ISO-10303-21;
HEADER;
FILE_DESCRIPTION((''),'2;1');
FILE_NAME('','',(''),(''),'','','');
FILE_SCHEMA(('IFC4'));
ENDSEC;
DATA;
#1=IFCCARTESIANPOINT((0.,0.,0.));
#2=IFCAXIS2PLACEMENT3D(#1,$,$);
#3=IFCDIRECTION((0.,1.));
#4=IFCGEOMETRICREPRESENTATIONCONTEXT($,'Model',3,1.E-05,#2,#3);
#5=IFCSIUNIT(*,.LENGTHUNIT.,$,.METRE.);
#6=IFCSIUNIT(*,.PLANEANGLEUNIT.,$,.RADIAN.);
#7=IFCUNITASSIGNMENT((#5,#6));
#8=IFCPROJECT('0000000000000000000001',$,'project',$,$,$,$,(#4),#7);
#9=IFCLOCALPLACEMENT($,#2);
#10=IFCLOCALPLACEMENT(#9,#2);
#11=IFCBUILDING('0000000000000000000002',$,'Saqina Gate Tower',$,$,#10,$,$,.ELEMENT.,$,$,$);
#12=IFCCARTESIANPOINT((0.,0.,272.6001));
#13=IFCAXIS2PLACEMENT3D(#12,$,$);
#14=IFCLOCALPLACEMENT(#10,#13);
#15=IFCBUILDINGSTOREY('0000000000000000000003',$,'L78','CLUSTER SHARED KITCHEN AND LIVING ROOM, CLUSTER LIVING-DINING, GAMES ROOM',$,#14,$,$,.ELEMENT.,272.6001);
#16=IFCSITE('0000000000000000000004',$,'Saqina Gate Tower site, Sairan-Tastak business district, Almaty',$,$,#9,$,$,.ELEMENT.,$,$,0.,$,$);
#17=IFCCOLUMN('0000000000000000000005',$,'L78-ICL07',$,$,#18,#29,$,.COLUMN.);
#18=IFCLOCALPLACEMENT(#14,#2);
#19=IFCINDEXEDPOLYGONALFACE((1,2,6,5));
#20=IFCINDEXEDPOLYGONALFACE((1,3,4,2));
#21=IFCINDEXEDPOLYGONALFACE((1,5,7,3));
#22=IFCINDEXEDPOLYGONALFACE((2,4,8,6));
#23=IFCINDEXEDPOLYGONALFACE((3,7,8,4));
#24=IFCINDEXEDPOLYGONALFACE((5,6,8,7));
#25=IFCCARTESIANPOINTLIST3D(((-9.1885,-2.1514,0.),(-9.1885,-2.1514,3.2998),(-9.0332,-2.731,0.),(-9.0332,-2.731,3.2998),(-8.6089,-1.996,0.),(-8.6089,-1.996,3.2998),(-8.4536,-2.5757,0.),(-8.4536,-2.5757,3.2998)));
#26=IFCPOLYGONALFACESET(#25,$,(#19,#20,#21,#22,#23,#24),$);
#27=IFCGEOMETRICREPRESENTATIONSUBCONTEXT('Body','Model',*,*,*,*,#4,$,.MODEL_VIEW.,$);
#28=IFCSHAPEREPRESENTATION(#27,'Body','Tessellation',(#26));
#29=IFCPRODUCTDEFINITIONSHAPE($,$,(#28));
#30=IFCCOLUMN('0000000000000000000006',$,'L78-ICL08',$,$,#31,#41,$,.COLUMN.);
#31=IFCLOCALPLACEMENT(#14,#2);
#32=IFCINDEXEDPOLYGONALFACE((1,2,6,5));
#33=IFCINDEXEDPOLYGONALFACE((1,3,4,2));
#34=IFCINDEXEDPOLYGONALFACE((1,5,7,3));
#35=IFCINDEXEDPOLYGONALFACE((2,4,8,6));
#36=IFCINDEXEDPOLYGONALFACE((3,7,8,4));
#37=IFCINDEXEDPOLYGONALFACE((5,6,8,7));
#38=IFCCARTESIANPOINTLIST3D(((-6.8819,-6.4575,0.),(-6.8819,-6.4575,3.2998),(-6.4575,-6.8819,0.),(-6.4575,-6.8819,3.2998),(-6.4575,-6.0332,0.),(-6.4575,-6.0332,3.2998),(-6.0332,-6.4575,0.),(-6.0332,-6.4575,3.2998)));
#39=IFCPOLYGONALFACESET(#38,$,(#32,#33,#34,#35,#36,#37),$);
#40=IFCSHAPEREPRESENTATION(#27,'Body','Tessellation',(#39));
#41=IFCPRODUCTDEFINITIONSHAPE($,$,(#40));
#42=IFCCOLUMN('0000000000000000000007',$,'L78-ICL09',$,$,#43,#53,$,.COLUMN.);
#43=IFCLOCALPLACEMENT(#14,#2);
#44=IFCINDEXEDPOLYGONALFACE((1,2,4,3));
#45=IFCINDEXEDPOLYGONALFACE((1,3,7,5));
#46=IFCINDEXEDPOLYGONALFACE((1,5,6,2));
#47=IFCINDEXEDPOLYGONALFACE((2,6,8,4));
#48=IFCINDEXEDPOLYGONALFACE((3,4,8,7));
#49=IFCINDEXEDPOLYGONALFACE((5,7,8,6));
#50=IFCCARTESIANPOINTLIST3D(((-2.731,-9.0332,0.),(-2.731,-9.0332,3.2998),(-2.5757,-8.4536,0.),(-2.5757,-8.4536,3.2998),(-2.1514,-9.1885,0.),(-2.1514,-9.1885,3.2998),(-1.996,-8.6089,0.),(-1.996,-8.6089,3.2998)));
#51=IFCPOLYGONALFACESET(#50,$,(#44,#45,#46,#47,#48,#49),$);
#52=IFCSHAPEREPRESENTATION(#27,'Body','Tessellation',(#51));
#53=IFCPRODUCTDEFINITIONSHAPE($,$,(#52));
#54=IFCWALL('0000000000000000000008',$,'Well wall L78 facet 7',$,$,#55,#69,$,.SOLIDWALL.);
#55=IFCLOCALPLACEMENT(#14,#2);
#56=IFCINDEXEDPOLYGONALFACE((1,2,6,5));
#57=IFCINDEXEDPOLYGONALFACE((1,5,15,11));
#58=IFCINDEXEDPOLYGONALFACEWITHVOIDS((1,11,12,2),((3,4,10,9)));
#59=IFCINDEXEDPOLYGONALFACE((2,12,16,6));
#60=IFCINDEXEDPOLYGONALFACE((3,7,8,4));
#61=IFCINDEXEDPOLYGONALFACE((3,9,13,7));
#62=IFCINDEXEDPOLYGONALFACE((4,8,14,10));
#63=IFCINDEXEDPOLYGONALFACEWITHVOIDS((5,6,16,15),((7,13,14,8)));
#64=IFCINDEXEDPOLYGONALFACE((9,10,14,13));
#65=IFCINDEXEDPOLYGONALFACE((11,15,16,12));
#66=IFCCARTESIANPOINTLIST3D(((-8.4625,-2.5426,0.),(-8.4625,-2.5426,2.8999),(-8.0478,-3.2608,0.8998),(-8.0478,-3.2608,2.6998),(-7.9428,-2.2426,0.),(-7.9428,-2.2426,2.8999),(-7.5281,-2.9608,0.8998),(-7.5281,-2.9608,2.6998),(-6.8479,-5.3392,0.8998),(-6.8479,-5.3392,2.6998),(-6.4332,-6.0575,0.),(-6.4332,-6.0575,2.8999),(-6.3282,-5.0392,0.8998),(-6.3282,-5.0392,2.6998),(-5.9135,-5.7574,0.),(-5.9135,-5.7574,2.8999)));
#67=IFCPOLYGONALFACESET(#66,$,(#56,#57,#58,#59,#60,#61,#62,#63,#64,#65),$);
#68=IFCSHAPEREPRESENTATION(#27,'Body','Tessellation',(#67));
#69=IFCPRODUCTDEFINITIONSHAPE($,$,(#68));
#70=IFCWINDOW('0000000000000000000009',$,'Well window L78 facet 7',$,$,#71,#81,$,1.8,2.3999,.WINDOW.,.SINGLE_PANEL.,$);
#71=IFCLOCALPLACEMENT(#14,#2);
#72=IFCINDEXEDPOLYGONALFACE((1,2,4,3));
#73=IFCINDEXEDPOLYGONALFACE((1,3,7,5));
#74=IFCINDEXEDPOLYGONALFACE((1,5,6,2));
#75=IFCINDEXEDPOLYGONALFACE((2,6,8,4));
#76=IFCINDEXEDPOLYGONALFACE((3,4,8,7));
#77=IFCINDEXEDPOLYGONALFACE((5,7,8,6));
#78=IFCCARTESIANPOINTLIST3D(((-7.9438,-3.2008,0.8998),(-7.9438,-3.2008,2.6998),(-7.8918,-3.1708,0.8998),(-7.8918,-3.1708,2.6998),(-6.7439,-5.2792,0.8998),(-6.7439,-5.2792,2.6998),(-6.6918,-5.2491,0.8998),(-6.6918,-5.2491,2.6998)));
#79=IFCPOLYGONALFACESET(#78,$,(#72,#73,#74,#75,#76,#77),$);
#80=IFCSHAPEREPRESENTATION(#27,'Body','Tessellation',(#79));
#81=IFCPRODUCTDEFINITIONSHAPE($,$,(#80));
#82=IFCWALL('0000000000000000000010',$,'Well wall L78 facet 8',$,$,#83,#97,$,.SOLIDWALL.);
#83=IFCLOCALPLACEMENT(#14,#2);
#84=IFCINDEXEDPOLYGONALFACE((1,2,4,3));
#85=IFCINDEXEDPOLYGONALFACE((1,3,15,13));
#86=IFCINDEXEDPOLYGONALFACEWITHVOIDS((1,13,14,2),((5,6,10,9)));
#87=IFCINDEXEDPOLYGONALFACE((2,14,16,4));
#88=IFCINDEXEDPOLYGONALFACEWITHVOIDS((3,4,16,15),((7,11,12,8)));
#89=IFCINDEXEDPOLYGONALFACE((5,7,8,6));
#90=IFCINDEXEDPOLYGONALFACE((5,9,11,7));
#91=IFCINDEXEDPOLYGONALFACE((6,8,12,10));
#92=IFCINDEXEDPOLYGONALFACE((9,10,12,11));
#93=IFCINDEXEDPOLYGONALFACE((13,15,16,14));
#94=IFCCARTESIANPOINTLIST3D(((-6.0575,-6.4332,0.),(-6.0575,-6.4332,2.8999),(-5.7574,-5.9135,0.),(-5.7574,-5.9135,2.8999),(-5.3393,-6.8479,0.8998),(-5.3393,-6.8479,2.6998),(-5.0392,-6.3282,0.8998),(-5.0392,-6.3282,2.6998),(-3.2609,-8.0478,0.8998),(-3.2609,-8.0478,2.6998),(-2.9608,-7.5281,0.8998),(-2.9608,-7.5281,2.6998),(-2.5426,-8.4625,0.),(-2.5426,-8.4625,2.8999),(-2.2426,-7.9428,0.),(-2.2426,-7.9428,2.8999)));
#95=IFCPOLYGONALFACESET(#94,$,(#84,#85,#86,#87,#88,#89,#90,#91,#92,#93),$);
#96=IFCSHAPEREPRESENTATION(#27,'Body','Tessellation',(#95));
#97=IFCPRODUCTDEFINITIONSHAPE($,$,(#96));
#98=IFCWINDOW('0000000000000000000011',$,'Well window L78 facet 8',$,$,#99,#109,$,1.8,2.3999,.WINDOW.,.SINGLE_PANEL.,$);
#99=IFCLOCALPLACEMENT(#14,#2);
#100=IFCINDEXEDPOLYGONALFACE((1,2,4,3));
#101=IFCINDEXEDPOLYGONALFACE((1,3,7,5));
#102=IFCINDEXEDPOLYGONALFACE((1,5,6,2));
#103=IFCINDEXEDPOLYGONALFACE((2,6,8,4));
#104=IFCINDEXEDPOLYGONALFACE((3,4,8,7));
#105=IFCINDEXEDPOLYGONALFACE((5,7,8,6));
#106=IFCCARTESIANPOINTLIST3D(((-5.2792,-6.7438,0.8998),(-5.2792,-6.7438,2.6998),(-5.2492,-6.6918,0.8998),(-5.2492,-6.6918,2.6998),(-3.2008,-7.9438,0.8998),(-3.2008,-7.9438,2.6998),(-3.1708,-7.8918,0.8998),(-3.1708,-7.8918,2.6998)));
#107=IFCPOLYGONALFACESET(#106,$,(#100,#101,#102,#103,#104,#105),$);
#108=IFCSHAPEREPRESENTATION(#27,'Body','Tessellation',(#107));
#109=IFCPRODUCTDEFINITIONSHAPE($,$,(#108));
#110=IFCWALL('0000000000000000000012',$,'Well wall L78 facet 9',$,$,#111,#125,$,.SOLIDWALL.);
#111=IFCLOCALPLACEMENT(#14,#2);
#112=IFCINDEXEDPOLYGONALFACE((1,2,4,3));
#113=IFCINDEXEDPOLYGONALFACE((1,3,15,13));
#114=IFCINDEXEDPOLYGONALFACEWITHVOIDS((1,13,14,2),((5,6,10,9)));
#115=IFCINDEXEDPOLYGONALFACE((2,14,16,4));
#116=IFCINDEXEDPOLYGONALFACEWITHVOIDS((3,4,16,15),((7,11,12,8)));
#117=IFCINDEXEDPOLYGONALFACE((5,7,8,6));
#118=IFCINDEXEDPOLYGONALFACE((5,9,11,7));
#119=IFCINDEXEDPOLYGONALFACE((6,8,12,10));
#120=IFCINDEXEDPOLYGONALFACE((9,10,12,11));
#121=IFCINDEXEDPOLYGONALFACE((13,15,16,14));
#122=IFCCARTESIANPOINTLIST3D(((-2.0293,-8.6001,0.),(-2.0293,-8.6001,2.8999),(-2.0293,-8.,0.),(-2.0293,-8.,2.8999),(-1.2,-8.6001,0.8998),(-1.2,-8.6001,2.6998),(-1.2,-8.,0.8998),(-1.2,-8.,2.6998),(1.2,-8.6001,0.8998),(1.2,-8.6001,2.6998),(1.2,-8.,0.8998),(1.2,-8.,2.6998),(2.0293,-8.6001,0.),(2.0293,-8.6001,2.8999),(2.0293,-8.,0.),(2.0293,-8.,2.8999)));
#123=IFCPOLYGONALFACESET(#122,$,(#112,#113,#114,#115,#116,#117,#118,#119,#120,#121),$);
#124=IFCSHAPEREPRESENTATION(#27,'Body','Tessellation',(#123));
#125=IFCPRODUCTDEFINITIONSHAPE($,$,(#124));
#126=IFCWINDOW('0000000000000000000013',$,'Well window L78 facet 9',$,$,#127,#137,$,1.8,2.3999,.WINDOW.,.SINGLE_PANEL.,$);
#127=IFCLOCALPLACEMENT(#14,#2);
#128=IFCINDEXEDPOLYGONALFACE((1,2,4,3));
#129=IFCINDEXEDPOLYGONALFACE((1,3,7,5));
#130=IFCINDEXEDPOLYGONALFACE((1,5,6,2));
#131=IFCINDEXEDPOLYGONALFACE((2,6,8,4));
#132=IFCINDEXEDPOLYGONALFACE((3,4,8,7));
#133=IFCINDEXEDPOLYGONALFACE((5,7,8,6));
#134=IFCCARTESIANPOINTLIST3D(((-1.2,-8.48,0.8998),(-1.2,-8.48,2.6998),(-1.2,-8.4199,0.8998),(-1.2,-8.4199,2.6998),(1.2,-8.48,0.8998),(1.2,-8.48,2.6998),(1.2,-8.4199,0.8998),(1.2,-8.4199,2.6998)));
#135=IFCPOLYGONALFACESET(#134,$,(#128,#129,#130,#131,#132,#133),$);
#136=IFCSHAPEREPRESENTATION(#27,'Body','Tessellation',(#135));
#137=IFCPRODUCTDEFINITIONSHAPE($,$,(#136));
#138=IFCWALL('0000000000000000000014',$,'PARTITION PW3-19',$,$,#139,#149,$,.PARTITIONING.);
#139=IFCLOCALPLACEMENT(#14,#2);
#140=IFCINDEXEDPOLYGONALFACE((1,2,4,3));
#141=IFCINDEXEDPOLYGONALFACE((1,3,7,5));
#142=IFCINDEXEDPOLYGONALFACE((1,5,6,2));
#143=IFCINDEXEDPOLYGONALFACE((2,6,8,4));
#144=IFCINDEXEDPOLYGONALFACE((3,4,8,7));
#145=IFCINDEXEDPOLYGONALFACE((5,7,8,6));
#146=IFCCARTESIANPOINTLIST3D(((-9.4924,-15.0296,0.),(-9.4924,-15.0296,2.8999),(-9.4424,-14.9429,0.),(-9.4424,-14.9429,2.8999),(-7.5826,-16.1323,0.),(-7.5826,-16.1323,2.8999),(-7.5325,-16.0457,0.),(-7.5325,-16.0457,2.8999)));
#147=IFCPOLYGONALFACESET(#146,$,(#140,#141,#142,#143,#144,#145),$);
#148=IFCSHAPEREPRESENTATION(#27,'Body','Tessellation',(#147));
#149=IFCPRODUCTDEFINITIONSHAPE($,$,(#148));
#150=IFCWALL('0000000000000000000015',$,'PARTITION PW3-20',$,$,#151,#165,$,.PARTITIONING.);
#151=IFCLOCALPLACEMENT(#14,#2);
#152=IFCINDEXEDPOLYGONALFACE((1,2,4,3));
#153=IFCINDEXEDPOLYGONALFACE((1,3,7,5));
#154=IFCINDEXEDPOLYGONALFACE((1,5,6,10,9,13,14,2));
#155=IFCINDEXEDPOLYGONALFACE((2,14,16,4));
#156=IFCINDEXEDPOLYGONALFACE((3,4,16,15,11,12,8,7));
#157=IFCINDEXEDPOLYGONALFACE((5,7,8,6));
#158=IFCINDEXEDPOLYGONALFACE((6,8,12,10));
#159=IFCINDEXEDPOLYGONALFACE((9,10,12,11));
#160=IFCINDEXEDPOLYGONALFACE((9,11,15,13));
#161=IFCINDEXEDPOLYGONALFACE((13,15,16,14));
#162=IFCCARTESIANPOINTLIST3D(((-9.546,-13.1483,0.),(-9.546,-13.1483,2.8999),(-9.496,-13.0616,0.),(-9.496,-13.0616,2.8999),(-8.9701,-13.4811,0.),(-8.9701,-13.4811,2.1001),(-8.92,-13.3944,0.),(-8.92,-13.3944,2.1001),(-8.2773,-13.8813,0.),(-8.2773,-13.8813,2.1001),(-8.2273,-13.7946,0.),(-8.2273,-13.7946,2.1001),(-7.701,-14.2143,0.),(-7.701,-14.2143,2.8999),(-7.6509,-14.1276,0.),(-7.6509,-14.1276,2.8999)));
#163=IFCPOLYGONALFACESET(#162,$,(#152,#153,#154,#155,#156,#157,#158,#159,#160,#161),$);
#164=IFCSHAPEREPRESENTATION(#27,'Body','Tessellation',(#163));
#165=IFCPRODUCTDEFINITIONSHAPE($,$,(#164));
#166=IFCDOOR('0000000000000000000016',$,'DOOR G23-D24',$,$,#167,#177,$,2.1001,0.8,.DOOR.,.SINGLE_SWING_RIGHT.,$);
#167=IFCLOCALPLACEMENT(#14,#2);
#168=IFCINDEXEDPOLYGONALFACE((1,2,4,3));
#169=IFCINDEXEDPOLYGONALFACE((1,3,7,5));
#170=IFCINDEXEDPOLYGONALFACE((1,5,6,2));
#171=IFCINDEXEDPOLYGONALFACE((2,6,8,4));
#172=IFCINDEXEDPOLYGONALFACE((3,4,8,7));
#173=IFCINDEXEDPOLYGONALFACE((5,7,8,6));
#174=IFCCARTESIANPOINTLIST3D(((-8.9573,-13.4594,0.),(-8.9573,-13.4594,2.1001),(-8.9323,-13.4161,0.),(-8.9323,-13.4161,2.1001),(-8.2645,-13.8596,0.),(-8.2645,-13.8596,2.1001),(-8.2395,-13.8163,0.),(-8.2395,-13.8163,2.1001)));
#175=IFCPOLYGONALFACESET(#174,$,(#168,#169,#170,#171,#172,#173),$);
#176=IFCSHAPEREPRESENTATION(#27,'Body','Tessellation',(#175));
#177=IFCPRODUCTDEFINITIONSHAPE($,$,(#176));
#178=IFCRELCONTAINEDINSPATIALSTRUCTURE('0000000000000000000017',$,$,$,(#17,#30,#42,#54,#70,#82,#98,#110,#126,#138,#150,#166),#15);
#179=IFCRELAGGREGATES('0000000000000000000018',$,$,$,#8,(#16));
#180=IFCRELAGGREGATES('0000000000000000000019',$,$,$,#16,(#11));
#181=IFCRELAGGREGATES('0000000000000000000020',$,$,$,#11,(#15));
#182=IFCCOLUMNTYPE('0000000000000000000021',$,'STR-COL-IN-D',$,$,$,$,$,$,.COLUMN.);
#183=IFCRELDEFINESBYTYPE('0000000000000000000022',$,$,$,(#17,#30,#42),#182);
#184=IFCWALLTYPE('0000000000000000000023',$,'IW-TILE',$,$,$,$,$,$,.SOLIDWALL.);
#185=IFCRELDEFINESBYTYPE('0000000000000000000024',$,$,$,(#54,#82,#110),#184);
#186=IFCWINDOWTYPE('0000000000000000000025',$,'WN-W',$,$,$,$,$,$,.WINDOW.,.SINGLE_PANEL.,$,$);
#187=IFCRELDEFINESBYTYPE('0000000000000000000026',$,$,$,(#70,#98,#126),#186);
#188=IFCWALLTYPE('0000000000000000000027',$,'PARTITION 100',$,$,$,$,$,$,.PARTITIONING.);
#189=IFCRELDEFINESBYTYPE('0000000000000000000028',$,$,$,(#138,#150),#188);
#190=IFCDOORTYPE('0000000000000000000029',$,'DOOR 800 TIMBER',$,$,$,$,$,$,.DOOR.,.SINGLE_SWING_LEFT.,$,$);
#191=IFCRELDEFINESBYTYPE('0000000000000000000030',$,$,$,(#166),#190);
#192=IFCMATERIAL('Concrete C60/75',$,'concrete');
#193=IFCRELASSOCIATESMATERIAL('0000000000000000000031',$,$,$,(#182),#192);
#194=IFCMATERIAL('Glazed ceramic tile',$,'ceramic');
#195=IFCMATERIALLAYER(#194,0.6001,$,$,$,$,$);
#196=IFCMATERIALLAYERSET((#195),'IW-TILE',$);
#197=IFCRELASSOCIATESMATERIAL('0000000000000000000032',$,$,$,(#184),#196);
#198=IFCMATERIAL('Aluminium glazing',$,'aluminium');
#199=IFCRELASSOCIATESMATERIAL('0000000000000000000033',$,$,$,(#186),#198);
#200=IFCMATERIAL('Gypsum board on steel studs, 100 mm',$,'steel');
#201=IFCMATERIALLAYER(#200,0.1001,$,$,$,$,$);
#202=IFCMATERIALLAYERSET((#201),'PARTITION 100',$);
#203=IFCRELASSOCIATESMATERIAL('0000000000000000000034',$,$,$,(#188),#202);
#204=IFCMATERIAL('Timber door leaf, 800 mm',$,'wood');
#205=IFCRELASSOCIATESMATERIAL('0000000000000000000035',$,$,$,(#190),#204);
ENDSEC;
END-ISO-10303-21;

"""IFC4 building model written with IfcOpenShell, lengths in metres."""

from ifc_helpers import new_model, si_unit, direction, frame, frame_2d, origin, origin_2d, place, context, subcontext, project, spatial, rectangle, extrude, material, layer, layer_set, material_profile, profile_set, type_object, element, fill, save


model = new_model("IFC4")

# Units and contexts
model_context = context("Model", 3, precision=1e-05, world=origin(), true_north=direction((0.0, 1.0)))
body_context = subcontext(model_context, "Body", "Model", "MODEL_VIEW")
ifc_project = project(units=[si_unit("LENGTHUNIT", "METRE"), si_unit("PLANEANGLEUNIT", "RADIAN")], contexts=[model_context])

# Site, building, storey
site_placement = place(None, origin())
site = spatial("IfcSite", under=ifc_project, at=site_placement, Name="Saqina Gate Tower site, Sairan-Tastak business district, Almaty", CompositionType="ELEMENT", RefElevation=0.0)
building_placement = place(site_placement, origin())
building = spatial("IfcBuilding", under=site, at=building_placement, Name="Saqina Gate Tower", CompositionType="ELEMENT")
storey_placement = place(building_placement, frame((0.0, 0.0, 272.6001)))
storey = spatial("IfcBuildingStorey", under=building, at=storey_placement, Name="L78", Description="CLUSTER SHARED KITCHEN AND LIVING ROOM, CLUSTER LIVING-DINING, GAMES ROOM", CompositionType="ELEMENT", Elevation=272.6001)

# Columns
ifc_material_1 = material(Name="Concrete C60/75", Category="concrete")
ifc_material_profile = material_profile(ifc_material_1, rectangle(XDim=0.6001, YDim=0.6001, at=origin_2d()), Name="RC 600x600")
ifc_profile_set = profile_set([ifc_material_profile], Name="Concrete C60/75")
column_type = type_object("IfcColumnType", Name="STR-COL-IN-D", PredefinedType="COLUMN", material=ifc_profile_set)
for number, where, z_axis, x_axis, name in (
    (1, (-8.821, -2.3635, 0.0), (0.0, 0.0, 1.0), (-0.965926, -0.258819, 0.0), "L78-ICL07"),
    (2, (-6.4575, -6.4575, 0.0), (0.0, 0.0, 1.0), (-0.707107, -0.707107, 0.0), "L78-ICL08"),
    (3, (-2.3635, -8.821, 0.0), (0.0, 0.0, 1.0), (-0.258819, -0.965926, 0.0), "L78-ICL09"),
):
    element("IfcColumn", number, at=place(storey_placement, frame(where, z_axis=z_axis, x_axis=x_axis)), inside=storey, type_object=column_type, Name=name, PredefinedType="COLUMN", context=body_context, shape_type="SweptSolid", body=[
        extrude(rectangle(XDim=0.6001, YDim=0.6001, at=origin_2d()), origin(), (0.0, 0.0, 1.0), 3.2998),
    ])

# Walls, openings, windows
ifc_material_2 = material(Name="Glazed ceramic tile", Category="ceramic")
ifc_layer_1 = layer(ifc_material_2, 0.6001)
ifc_layer_set_1 = layer_set([ifc_layer_1], Name="IW-TILE")
wall_type_1 = type_object("IfcWallType", Name="IW-TILE", PredefinedType="SOLIDWALL", material=ifc_layer_set_1)
wall_1_placement = place(storey_placement, frame((-8.2026, -2.3926, 0.0), z_axis=(0.0, 0.0, 1.0), x_axis=(0.499995, -0.866028, 0.0)))
wall_1 = element("IfcWall", 4, at=wall_1_placement, inside=storey, type_object=wall_type_1, Name="Well wall L78 facet 7", PredefinedType="SOLIDWALL", context=body_context, shape_type="SweptSolid", body=[
    extrude(rectangle(XDim=4.0586, YDim=0.6001, at=frame_2d((2.0293, 0.0))), origin(), (0.0, 0.0, 1.0), 2.8999),
])
opening_1_placement = place(wall_1_placement, frame((0.8293, 0.0, 0.8999)))
opening_1 = element("IfcOpeningElement", 5, at=opening_1_placement, cuts=wall_1, PredefinedType="OPENING", context=body_context, shape_type="SweptSolid", body=[
    extrude(rectangle(XDim=2.3999, YDim=1.8, at=frame_2d((1.2, 0.8999))), frame((0.0, 0.312, 0.0), z_axis=(0.0, -1.0, 0.0), x_axis=(1.0, 0.0, 0.0)), (0.0, 0.0, 1.0), 0.624),
])
ifc_material_3 = material(Name="Aluminium glazing", Category="aluminium")
window_type = type_object("IfcWindowType", Name="WN-W", PartitioningType="SINGLE_PANEL", PredefinedType="WINDOW", material=ifc_material_3)
window_1_placement = place(opening_1_placement, origin())
window_1 = element("IfcWindow", 6, at=window_1_placement, inside=storey, type_object=window_type, Name="Well window L78 facet 7", OverallHeight=1.8, OverallWidth=2.3999, PartitioningType="SINGLE_PANEL", PredefinedType="WINDOW", context=body_context, shape_type="SweptSolid", body=[
    extrude(rectangle(XDim=2.3999, YDim=1.8, at=frame_2d((1.2, 0.8999))), frame((0.0, -0.1199, 0.0), z_axis=(0.0, -1.0, 0.0), x_axis=(1.0, 0.0, 0.0)), (0.0, 0.0, 1.0), 0.0601),
])
fill(opening_1, window_1)
wall_2_placement = place(storey_placement, frame((-5.9075, -6.1733, 0.0), z_axis=(0.0, 0.0, 1.0), x_axis=(0.866028, -0.499995, 0.0)))
wall_2 = element("IfcWall", 7, at=wall_2_placement, inside=storey, type_object=wall_type_1, Name="Well wall L78 facet 8", PredefinedType="SOLIDWALL", context=body_context, shape_type="SweptSolid", body=[
    extrude(rectangle(XDim=4.0586, YDim=0.6001, at=frame_2d((2.0293, 0.0))), origin(), (0.0, 0.0, 1.0), 2.8999),
])
opening_2_placement = place(wall_2_placement, frame((0.8293, 0.0, 0.8999)))
opening_2 = element("IfcOpeningElement", 8, at=opening_2_placement, cuts=wall_2, PredefinedType="OPENING", context=body_context, shape_type="SweptSolid", body=[
    extrude(rectangle(XDim=2.3999, YDim=1.8, at=frame_2d((1.2, 0.8999))), frame((0.0, 0.312, 0.0), z_axis=(0.0, -1.0, 0.0), x_axis=(1.0, 0.0, 0.0)), (0.0, 0.0, 1.0), 0.624),
])
window_2_placement = place(opening_2_placement, origin())
window_2 = element("IfcWindow", 9, at=window_2_placement, inside=storey, type_object=window_type, Name="Well window L78 facet 8", OverallHeight=1.8, OverallWidth=2.3999, PartitioningType="SINGLE_PANEL", PredefinedType="WINDOW", context=body_context, shape_type="SweptSolid", body=[
    extrude(rectangle(XDim=2.3999, YDim=1.8, at=frame_2d((1.2, 0.8999))), frame((0.0, -0.1199, 0.0), z_axis=(0.0, -1.0, 0.0), x_axis=(1.0, 0.0, 0.0)), (0.0, 0.0, 1.0), 0.0601),
])
fill(opening_2, window_2)
wall_3_placement = place(storey_placement, frame((-2.0293, -8.3, 0.0), z_axis=(0.0, 0.0, 1.0), x_axis=(1.0, 0.0, 0.0)))
wall_3 = element("IfcWall", 10, at=wall_3_placement, inside=storey, type_object=wall_type_1, Name="Well wall L78 facet 9", PredefinedType="SOLIDWALL", context=body_context, shape_type="SweptSolid", body=[
    extrude(rectangle(XDim=4.0586, YDim=0.6001, at=frame_2d((2.0293, 0.0))), origin(), (0.0, 0.0, 1.0), 2.8999),
])
opening_3_placement = place(wall_3_placement, frame((0.8293, 0.0, 0.8999)))
opening_3 = element("IfcOpeningElement", 11, at=opening_3_placement, cuts=wall_3, PredefinedType="OPENING", context=body_context, shape_type="SweptSolid", body=[
    extrude(rectangle(XDim=2.3999, YDim=1.8, at=frame_2d((1.2, 0.8999))), frame((0.0, 0.312, 0.0), z_axis=(0.0, -1.0, 0.0), x_axis=(1.0, 0.0, 0.0)), (0.0, 0.0, 1.0), 0.624),
])
window_3_placement = place(opening_3_placement, origin())
window_3 = element("IfcWindow", 12, at=window_3_placement, inside=storey, type_object=window_type, Name="Well window L78 facet 9", OverallHeight=1.8, OverallWidth=2.3999, PartitioningType="SINGLE_PANEL", PredefinedType="WINDOW", context=body_context, shape_type="SweptSolid", body=[
    extrude(rectangle(XDim=2.3999, YDim=1.8, at=frame_2d((1.2, 0.8999))), frame((0.0, -0.1199, 0.0), z_axis=(0.0, -1.0, 0.0), x_axis=(1.0, 0.0, 0.0)), (0.0, 0.0, 1.0), 0.0601),
])
fill(opening_3, window_3)

# Wall
ifc_material_4 = material(Name="Gypsum board on steel studs, 100 mm", Category="steel")
ifc_layer_2 = layer(ifc_material_4, 0.1001)
ifc_layer_set_2 = layer_set([ifc_layer_2], Name="PARTITION 100")
wall_type_2 = type_object("IfcWallType", Name="PARTITION 100", PredefinedType="PARTITIONING", material=ifc_layer_set_2)
wall_4_placement = place(storey_placement, frame((-9.4673, -14.9863, 0.0), z_axis=(0.0, 0.0, 1.0), x_axis=(0.866007, -0.500032, 0.0)))
element("IfcWall", 13, at=wall_4_placement, inside=storey, type_object=wall_type_2, Name="PARTITION PW3-19", PredefinedType="PARTITIONING", context=body_context, shape_type="SweptSolid", body=[
    extrude(rectangle(XDim=2.2053, YDim=0.1001, at=frame_2d((1.1025, 0.0))), origin(), (0.0, 0.0, 1.0), 2.8999),
])

# Wall, opening, door
wall_5_placement = place(storey_placement, frame((-9.521, -13.105, 0.0), z_axis=(0.0, 0.0, 1.0), x_axis=(0.865878, -0.500255, 0.0)))
wall_5 = element("IfcWall", 14, at=wall_5_placement, inside=storey, type_object=wall_type_2, Name="PARTITION PW3-20", PredefinedType="PARTITIONING", context=body_context, shape_type="SweptSolid", body=[
    extrude(rectangle(XDim=2.1309, YDim=0.1001, at=frame_2d((1.0654, 0.0))), origin(), (0.0, 0.0, 1.0), 2.8999),
])
opening_4_placement = place(wall_5_placement, frame((0.6653, 0.0, 0.0)))
opening_4 = element("IfcOpeningElement", 15, at=opening_4_placement, cuts=wall_5, PredefinedType="OPENING", context=body_context, shape_type="SweptSolid", body=[
    extrude(rectangle(XDim=0.8, YDim=2.1001, at=frame_2d((0.3999, 1.05))), frame((0.0, 0.062, 0.0), z_axis=(0.0, -1.0, 0.0), x_axis=(1.0, 0.0, 0.0)), (0.0, 0.0, 1.0), 0.124),
])
ifc_material_5 = material(Name="Timber door leaf, 800 mm", Category="wood")
door_type_1 = type_object("IfcDoorType", Name="DOOR 800 TIMBER", OperationType="SINGLE_SWING_LEFT", PredefinedType="DOOR", material=ifc_material_5)
door_1_placement = place(opening_4_placement, frame((0.8, 0.0, 0.0), z_axis=(0.0, 0.0, 1.0), x_axis=(-1.0, 0.0, 0.0)))
door_1 = element("IfcDoor", 16, at=door_1_placement, inside=storey, type_object=door_type_1, Name="DOOR G23-D24", OperationType="SINGLE_SWING_RIGHT", OverallHeight=2.1001, OverallWidth=0.8, PredefinedType="DOOR", context=body_context, shape_type="SweptSolid", body=[
    extrude(rectangle(XDim=0.8, YDim=2.1001, at=frame_2d((0.3999, 1.05))), frame((0.0, 0.0249, 0.0), z_axis=(0.0, -1.0, 0.0), x_axis=(1.0, 0.0, 0.0)), (0.0, 0.0, 1.0), 0.05),
])
fill(opening_4, door_1)

save(model, "model.ifc")
